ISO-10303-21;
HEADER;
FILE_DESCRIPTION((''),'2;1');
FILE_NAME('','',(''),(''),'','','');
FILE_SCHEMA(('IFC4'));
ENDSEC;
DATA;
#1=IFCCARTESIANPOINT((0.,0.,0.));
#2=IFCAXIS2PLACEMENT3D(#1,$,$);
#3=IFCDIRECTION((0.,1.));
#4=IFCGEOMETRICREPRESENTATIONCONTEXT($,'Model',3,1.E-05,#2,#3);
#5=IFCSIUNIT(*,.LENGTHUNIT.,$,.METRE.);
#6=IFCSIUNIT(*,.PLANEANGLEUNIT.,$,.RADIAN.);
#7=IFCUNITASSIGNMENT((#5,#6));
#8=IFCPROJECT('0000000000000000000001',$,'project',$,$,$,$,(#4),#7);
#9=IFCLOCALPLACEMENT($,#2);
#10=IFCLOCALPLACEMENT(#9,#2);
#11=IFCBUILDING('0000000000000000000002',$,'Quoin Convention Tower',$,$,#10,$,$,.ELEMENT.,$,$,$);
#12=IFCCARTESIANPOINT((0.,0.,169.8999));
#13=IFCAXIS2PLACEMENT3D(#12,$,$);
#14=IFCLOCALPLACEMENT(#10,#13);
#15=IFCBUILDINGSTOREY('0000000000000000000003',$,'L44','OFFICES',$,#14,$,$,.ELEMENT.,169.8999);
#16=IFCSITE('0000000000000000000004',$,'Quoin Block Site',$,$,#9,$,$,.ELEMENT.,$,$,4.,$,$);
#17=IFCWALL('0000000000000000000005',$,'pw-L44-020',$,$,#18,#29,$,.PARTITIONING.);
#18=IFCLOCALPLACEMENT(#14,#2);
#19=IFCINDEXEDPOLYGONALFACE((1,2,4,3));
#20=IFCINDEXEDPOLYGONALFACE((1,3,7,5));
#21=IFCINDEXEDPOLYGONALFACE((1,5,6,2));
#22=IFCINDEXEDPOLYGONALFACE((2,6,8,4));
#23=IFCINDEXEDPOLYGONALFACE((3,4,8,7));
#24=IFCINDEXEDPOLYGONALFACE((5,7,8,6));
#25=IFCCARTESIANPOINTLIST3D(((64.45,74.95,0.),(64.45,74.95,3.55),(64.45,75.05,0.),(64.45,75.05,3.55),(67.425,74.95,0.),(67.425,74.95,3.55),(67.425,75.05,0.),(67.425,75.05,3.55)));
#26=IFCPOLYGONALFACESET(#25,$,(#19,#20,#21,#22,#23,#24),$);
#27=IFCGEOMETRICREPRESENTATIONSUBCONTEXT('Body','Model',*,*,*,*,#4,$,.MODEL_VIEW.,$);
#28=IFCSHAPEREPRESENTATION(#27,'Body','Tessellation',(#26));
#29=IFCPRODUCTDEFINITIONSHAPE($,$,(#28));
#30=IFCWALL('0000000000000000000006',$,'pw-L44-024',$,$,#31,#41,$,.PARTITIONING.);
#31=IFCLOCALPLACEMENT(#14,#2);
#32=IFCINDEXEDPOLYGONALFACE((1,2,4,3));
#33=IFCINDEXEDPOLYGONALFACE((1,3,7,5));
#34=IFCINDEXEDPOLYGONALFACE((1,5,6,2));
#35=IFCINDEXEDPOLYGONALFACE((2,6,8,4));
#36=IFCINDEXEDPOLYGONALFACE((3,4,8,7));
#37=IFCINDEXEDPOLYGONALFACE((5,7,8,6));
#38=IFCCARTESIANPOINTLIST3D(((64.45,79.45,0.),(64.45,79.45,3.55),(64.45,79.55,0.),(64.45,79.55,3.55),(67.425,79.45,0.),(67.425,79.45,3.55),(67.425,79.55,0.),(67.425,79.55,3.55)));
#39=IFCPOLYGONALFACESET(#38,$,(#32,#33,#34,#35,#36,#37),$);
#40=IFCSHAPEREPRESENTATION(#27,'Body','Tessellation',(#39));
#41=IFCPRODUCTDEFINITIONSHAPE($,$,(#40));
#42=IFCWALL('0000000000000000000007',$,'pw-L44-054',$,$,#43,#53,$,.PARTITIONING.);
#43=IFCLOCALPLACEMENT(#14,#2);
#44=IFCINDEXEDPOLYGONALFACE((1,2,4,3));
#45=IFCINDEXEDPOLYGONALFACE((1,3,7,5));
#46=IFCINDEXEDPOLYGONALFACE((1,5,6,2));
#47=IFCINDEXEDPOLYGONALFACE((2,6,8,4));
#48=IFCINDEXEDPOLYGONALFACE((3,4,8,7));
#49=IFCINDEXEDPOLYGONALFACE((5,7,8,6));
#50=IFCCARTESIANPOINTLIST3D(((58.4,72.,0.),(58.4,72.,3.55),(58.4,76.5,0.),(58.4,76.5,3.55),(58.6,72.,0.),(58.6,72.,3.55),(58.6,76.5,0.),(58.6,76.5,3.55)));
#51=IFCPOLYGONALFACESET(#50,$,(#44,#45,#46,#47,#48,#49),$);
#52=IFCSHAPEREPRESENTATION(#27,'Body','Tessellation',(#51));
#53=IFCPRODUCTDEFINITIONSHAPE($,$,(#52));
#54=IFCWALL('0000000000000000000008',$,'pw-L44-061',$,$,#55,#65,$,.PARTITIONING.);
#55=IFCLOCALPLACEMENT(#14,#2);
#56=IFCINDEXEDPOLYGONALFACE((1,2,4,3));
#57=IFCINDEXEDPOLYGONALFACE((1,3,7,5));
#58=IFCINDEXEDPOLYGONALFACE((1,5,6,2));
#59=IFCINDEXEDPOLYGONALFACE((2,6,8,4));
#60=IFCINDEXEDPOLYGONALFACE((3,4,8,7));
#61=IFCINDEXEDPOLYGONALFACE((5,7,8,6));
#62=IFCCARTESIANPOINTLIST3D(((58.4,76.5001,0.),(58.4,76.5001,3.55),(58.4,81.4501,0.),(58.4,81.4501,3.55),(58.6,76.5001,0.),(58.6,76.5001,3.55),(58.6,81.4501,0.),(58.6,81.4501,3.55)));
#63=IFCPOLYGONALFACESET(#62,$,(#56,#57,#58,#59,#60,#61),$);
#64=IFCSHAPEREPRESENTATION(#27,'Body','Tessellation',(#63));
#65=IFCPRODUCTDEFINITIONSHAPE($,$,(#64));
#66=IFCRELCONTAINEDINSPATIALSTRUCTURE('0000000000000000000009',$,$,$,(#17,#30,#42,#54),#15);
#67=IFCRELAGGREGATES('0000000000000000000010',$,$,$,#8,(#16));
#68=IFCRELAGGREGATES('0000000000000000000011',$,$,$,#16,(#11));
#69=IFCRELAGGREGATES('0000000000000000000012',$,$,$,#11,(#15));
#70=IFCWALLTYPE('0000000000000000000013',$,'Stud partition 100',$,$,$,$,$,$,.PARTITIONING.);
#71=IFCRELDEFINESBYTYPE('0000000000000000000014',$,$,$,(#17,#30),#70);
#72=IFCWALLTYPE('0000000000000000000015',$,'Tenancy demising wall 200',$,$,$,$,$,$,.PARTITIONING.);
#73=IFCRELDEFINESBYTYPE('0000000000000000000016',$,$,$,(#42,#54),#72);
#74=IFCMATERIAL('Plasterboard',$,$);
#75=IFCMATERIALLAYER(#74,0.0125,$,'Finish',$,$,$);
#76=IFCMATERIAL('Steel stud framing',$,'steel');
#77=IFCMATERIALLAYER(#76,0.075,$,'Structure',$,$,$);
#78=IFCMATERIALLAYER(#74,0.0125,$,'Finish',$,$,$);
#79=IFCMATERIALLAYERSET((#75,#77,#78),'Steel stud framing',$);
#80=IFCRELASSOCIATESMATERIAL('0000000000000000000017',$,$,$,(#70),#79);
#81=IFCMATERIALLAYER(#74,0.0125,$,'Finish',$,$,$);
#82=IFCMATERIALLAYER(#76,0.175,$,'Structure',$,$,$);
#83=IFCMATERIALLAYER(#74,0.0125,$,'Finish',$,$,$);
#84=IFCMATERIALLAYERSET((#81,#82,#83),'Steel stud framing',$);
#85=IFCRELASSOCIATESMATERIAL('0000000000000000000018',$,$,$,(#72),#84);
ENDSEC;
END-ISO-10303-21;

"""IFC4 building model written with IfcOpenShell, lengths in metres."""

from ifc_helpers import new_model, si_unit, direction, frame, frame_2d, origin, place, context, subcontext, project, spatial, rectangle, extrude, material, layer, layer_set, type_object, element, save


model = new_model("IFC4")

# Units and contexts
model_context = context("Model", 3, precision=1e-05, world=origin(), true_north=direction((0.0, 1.0)))
body_context = subcontext(model_context, "Body", "Model", "MODEL_VIEW")
ifc_project = project(units=[si_unit("LENGTHUNIT", "METRE"), si_unit("PLANEANGLEUNIT", "RADIAN")], contexts=[model_context])

# Site, building, storey
site_placement = place(None, origin())
site = spatial("IfcSite", under=ifc_project, at=site_placement, Name="Quoin Block Site", CompositionType="ELEMENT", RefElevation=4.0)
building_placement = place(site_placement, origin())
building = spatial("IfcBuilding", under=site, at=building_placement, Name="Quoin Convention Tower", CompositionType="ELEMENT")
storey_placement = place(building_placement, frame((0.0, 0.0, 169.8999)))
storey = spatial("IfcBuildingStorey", under=building, at=storey_placement, Name="L44", Description="OFFICES", CompositionType="ELEMENT", Elevation=169.8999)

# Shared definitions
ifc_material_1 = material(Name="Plasterboard")
ifc_material_2 = material(Name="Steel stud framing", Category="steel")

# Walls
ifc_layer_1 = layer(ifc_material_1, 0.0125, Name="Finish")
ifc_layer_2 = layer(ifc_material_2, 0.075, Name="Structure")
ifc_layer_3 = layer(ifc_material_1, 0.0125, Name="Finish")
ifc_layer_set_1 = layer_set([ifc_layer_1, ifc_layer_2, ifc_layer_3], Name="Steel stud framing")
wall_type_1 = type_object("IfcWallType", Name="Stud partition 100", PredefinedType="PARTITIONING", material=ifc_layer_set_1)
for number, where, z_axis, x_axis, name in (
    (1, (64.45, 75.0, 0.0), (0.0, 0.0, 1.0), (1.0, 0.0, 0.0), "pw-L44-020"),
    (2, (64.45, 79.5, 0.0), (0.0, 0.0, 1.0), (1.0, 0.0, 0.0), "pw-L44-024"),
):
    element("IfcWall", number, at=place(storey_placement, frame(where, z_axis=z_axis, x_axis=x_axis)), inside=storey, type_object=wall_type_1, Name=name, PredefinedType="PARTITIONING", context=body_context, shape_type="SweptSolid", body=[
        extrude(rectangle(XDim=2.9751, YDim=0.1001, at=frame_2d((1.4875, 0.0))), origin(), (0.0, 0.0, 1.0), 3.55),
    ])
ifc_layer_4 = layer(ifc_material_1, 0.0125, Name="Finish")
ifc_layer_5 = layer(ifc_material_2, 0.175, Name="Structure")
ifc_layer_6 = layer(ifc_material_1, 0.0125, Name="Finish")
ifc_layer_set_2 = layer_set([ifc_layer_4, ifc_layer_5, ifc_layer_6], Name="Steel stud framing")
wall_type_2 = type_object("IfcWallType", Name="Tenancy demising wall 200", PredefinedType="PARTITIONING", material=ifc_layer_set_2)
wall_1_placement = place(storey_placement, frame((58.5, 72.0, 0.0), z_axis=(0.0, 0.0, 1.0), x_axis=(0.0, 1.0, 0.0)))
element("IfcWall", 3, at=wall_1_placement, inside=storey, type_object=wall_type_2, Name="pw-L44-054", PredefinedType="PARTITIONING", context=body_context, shape_type="SweptSolid", body=[
    extrude(rectangle(XDim=4.5, YDim=0.2, at=frame_2d((2.25, 0.0))), origin(), (0.0, 0.0, 1.0), 3.55),
])
wall_2_placement = place(storey_placement, frame((58.5, 76.5, 0.0), z_axis=(0.0, 0.0, 1.0), x_axis=(0.0, 1.0, 0.0)))
element("IfcWall", 4, at=wall_2_placement, inside=storey, type_object=wall_type_2, Name="pw-L44-061", PredefinedType="PARTITIONING", context=body_context, shape_type="SweptSolid", body=[
    extrude(rectangle(XDim=4.95, YDim=0.2, at=frame_2d((2.4751, 0.0))), origin(), (0.0, 0.0, 1.0), 3.55),
])

save(model, "model.ifc")
